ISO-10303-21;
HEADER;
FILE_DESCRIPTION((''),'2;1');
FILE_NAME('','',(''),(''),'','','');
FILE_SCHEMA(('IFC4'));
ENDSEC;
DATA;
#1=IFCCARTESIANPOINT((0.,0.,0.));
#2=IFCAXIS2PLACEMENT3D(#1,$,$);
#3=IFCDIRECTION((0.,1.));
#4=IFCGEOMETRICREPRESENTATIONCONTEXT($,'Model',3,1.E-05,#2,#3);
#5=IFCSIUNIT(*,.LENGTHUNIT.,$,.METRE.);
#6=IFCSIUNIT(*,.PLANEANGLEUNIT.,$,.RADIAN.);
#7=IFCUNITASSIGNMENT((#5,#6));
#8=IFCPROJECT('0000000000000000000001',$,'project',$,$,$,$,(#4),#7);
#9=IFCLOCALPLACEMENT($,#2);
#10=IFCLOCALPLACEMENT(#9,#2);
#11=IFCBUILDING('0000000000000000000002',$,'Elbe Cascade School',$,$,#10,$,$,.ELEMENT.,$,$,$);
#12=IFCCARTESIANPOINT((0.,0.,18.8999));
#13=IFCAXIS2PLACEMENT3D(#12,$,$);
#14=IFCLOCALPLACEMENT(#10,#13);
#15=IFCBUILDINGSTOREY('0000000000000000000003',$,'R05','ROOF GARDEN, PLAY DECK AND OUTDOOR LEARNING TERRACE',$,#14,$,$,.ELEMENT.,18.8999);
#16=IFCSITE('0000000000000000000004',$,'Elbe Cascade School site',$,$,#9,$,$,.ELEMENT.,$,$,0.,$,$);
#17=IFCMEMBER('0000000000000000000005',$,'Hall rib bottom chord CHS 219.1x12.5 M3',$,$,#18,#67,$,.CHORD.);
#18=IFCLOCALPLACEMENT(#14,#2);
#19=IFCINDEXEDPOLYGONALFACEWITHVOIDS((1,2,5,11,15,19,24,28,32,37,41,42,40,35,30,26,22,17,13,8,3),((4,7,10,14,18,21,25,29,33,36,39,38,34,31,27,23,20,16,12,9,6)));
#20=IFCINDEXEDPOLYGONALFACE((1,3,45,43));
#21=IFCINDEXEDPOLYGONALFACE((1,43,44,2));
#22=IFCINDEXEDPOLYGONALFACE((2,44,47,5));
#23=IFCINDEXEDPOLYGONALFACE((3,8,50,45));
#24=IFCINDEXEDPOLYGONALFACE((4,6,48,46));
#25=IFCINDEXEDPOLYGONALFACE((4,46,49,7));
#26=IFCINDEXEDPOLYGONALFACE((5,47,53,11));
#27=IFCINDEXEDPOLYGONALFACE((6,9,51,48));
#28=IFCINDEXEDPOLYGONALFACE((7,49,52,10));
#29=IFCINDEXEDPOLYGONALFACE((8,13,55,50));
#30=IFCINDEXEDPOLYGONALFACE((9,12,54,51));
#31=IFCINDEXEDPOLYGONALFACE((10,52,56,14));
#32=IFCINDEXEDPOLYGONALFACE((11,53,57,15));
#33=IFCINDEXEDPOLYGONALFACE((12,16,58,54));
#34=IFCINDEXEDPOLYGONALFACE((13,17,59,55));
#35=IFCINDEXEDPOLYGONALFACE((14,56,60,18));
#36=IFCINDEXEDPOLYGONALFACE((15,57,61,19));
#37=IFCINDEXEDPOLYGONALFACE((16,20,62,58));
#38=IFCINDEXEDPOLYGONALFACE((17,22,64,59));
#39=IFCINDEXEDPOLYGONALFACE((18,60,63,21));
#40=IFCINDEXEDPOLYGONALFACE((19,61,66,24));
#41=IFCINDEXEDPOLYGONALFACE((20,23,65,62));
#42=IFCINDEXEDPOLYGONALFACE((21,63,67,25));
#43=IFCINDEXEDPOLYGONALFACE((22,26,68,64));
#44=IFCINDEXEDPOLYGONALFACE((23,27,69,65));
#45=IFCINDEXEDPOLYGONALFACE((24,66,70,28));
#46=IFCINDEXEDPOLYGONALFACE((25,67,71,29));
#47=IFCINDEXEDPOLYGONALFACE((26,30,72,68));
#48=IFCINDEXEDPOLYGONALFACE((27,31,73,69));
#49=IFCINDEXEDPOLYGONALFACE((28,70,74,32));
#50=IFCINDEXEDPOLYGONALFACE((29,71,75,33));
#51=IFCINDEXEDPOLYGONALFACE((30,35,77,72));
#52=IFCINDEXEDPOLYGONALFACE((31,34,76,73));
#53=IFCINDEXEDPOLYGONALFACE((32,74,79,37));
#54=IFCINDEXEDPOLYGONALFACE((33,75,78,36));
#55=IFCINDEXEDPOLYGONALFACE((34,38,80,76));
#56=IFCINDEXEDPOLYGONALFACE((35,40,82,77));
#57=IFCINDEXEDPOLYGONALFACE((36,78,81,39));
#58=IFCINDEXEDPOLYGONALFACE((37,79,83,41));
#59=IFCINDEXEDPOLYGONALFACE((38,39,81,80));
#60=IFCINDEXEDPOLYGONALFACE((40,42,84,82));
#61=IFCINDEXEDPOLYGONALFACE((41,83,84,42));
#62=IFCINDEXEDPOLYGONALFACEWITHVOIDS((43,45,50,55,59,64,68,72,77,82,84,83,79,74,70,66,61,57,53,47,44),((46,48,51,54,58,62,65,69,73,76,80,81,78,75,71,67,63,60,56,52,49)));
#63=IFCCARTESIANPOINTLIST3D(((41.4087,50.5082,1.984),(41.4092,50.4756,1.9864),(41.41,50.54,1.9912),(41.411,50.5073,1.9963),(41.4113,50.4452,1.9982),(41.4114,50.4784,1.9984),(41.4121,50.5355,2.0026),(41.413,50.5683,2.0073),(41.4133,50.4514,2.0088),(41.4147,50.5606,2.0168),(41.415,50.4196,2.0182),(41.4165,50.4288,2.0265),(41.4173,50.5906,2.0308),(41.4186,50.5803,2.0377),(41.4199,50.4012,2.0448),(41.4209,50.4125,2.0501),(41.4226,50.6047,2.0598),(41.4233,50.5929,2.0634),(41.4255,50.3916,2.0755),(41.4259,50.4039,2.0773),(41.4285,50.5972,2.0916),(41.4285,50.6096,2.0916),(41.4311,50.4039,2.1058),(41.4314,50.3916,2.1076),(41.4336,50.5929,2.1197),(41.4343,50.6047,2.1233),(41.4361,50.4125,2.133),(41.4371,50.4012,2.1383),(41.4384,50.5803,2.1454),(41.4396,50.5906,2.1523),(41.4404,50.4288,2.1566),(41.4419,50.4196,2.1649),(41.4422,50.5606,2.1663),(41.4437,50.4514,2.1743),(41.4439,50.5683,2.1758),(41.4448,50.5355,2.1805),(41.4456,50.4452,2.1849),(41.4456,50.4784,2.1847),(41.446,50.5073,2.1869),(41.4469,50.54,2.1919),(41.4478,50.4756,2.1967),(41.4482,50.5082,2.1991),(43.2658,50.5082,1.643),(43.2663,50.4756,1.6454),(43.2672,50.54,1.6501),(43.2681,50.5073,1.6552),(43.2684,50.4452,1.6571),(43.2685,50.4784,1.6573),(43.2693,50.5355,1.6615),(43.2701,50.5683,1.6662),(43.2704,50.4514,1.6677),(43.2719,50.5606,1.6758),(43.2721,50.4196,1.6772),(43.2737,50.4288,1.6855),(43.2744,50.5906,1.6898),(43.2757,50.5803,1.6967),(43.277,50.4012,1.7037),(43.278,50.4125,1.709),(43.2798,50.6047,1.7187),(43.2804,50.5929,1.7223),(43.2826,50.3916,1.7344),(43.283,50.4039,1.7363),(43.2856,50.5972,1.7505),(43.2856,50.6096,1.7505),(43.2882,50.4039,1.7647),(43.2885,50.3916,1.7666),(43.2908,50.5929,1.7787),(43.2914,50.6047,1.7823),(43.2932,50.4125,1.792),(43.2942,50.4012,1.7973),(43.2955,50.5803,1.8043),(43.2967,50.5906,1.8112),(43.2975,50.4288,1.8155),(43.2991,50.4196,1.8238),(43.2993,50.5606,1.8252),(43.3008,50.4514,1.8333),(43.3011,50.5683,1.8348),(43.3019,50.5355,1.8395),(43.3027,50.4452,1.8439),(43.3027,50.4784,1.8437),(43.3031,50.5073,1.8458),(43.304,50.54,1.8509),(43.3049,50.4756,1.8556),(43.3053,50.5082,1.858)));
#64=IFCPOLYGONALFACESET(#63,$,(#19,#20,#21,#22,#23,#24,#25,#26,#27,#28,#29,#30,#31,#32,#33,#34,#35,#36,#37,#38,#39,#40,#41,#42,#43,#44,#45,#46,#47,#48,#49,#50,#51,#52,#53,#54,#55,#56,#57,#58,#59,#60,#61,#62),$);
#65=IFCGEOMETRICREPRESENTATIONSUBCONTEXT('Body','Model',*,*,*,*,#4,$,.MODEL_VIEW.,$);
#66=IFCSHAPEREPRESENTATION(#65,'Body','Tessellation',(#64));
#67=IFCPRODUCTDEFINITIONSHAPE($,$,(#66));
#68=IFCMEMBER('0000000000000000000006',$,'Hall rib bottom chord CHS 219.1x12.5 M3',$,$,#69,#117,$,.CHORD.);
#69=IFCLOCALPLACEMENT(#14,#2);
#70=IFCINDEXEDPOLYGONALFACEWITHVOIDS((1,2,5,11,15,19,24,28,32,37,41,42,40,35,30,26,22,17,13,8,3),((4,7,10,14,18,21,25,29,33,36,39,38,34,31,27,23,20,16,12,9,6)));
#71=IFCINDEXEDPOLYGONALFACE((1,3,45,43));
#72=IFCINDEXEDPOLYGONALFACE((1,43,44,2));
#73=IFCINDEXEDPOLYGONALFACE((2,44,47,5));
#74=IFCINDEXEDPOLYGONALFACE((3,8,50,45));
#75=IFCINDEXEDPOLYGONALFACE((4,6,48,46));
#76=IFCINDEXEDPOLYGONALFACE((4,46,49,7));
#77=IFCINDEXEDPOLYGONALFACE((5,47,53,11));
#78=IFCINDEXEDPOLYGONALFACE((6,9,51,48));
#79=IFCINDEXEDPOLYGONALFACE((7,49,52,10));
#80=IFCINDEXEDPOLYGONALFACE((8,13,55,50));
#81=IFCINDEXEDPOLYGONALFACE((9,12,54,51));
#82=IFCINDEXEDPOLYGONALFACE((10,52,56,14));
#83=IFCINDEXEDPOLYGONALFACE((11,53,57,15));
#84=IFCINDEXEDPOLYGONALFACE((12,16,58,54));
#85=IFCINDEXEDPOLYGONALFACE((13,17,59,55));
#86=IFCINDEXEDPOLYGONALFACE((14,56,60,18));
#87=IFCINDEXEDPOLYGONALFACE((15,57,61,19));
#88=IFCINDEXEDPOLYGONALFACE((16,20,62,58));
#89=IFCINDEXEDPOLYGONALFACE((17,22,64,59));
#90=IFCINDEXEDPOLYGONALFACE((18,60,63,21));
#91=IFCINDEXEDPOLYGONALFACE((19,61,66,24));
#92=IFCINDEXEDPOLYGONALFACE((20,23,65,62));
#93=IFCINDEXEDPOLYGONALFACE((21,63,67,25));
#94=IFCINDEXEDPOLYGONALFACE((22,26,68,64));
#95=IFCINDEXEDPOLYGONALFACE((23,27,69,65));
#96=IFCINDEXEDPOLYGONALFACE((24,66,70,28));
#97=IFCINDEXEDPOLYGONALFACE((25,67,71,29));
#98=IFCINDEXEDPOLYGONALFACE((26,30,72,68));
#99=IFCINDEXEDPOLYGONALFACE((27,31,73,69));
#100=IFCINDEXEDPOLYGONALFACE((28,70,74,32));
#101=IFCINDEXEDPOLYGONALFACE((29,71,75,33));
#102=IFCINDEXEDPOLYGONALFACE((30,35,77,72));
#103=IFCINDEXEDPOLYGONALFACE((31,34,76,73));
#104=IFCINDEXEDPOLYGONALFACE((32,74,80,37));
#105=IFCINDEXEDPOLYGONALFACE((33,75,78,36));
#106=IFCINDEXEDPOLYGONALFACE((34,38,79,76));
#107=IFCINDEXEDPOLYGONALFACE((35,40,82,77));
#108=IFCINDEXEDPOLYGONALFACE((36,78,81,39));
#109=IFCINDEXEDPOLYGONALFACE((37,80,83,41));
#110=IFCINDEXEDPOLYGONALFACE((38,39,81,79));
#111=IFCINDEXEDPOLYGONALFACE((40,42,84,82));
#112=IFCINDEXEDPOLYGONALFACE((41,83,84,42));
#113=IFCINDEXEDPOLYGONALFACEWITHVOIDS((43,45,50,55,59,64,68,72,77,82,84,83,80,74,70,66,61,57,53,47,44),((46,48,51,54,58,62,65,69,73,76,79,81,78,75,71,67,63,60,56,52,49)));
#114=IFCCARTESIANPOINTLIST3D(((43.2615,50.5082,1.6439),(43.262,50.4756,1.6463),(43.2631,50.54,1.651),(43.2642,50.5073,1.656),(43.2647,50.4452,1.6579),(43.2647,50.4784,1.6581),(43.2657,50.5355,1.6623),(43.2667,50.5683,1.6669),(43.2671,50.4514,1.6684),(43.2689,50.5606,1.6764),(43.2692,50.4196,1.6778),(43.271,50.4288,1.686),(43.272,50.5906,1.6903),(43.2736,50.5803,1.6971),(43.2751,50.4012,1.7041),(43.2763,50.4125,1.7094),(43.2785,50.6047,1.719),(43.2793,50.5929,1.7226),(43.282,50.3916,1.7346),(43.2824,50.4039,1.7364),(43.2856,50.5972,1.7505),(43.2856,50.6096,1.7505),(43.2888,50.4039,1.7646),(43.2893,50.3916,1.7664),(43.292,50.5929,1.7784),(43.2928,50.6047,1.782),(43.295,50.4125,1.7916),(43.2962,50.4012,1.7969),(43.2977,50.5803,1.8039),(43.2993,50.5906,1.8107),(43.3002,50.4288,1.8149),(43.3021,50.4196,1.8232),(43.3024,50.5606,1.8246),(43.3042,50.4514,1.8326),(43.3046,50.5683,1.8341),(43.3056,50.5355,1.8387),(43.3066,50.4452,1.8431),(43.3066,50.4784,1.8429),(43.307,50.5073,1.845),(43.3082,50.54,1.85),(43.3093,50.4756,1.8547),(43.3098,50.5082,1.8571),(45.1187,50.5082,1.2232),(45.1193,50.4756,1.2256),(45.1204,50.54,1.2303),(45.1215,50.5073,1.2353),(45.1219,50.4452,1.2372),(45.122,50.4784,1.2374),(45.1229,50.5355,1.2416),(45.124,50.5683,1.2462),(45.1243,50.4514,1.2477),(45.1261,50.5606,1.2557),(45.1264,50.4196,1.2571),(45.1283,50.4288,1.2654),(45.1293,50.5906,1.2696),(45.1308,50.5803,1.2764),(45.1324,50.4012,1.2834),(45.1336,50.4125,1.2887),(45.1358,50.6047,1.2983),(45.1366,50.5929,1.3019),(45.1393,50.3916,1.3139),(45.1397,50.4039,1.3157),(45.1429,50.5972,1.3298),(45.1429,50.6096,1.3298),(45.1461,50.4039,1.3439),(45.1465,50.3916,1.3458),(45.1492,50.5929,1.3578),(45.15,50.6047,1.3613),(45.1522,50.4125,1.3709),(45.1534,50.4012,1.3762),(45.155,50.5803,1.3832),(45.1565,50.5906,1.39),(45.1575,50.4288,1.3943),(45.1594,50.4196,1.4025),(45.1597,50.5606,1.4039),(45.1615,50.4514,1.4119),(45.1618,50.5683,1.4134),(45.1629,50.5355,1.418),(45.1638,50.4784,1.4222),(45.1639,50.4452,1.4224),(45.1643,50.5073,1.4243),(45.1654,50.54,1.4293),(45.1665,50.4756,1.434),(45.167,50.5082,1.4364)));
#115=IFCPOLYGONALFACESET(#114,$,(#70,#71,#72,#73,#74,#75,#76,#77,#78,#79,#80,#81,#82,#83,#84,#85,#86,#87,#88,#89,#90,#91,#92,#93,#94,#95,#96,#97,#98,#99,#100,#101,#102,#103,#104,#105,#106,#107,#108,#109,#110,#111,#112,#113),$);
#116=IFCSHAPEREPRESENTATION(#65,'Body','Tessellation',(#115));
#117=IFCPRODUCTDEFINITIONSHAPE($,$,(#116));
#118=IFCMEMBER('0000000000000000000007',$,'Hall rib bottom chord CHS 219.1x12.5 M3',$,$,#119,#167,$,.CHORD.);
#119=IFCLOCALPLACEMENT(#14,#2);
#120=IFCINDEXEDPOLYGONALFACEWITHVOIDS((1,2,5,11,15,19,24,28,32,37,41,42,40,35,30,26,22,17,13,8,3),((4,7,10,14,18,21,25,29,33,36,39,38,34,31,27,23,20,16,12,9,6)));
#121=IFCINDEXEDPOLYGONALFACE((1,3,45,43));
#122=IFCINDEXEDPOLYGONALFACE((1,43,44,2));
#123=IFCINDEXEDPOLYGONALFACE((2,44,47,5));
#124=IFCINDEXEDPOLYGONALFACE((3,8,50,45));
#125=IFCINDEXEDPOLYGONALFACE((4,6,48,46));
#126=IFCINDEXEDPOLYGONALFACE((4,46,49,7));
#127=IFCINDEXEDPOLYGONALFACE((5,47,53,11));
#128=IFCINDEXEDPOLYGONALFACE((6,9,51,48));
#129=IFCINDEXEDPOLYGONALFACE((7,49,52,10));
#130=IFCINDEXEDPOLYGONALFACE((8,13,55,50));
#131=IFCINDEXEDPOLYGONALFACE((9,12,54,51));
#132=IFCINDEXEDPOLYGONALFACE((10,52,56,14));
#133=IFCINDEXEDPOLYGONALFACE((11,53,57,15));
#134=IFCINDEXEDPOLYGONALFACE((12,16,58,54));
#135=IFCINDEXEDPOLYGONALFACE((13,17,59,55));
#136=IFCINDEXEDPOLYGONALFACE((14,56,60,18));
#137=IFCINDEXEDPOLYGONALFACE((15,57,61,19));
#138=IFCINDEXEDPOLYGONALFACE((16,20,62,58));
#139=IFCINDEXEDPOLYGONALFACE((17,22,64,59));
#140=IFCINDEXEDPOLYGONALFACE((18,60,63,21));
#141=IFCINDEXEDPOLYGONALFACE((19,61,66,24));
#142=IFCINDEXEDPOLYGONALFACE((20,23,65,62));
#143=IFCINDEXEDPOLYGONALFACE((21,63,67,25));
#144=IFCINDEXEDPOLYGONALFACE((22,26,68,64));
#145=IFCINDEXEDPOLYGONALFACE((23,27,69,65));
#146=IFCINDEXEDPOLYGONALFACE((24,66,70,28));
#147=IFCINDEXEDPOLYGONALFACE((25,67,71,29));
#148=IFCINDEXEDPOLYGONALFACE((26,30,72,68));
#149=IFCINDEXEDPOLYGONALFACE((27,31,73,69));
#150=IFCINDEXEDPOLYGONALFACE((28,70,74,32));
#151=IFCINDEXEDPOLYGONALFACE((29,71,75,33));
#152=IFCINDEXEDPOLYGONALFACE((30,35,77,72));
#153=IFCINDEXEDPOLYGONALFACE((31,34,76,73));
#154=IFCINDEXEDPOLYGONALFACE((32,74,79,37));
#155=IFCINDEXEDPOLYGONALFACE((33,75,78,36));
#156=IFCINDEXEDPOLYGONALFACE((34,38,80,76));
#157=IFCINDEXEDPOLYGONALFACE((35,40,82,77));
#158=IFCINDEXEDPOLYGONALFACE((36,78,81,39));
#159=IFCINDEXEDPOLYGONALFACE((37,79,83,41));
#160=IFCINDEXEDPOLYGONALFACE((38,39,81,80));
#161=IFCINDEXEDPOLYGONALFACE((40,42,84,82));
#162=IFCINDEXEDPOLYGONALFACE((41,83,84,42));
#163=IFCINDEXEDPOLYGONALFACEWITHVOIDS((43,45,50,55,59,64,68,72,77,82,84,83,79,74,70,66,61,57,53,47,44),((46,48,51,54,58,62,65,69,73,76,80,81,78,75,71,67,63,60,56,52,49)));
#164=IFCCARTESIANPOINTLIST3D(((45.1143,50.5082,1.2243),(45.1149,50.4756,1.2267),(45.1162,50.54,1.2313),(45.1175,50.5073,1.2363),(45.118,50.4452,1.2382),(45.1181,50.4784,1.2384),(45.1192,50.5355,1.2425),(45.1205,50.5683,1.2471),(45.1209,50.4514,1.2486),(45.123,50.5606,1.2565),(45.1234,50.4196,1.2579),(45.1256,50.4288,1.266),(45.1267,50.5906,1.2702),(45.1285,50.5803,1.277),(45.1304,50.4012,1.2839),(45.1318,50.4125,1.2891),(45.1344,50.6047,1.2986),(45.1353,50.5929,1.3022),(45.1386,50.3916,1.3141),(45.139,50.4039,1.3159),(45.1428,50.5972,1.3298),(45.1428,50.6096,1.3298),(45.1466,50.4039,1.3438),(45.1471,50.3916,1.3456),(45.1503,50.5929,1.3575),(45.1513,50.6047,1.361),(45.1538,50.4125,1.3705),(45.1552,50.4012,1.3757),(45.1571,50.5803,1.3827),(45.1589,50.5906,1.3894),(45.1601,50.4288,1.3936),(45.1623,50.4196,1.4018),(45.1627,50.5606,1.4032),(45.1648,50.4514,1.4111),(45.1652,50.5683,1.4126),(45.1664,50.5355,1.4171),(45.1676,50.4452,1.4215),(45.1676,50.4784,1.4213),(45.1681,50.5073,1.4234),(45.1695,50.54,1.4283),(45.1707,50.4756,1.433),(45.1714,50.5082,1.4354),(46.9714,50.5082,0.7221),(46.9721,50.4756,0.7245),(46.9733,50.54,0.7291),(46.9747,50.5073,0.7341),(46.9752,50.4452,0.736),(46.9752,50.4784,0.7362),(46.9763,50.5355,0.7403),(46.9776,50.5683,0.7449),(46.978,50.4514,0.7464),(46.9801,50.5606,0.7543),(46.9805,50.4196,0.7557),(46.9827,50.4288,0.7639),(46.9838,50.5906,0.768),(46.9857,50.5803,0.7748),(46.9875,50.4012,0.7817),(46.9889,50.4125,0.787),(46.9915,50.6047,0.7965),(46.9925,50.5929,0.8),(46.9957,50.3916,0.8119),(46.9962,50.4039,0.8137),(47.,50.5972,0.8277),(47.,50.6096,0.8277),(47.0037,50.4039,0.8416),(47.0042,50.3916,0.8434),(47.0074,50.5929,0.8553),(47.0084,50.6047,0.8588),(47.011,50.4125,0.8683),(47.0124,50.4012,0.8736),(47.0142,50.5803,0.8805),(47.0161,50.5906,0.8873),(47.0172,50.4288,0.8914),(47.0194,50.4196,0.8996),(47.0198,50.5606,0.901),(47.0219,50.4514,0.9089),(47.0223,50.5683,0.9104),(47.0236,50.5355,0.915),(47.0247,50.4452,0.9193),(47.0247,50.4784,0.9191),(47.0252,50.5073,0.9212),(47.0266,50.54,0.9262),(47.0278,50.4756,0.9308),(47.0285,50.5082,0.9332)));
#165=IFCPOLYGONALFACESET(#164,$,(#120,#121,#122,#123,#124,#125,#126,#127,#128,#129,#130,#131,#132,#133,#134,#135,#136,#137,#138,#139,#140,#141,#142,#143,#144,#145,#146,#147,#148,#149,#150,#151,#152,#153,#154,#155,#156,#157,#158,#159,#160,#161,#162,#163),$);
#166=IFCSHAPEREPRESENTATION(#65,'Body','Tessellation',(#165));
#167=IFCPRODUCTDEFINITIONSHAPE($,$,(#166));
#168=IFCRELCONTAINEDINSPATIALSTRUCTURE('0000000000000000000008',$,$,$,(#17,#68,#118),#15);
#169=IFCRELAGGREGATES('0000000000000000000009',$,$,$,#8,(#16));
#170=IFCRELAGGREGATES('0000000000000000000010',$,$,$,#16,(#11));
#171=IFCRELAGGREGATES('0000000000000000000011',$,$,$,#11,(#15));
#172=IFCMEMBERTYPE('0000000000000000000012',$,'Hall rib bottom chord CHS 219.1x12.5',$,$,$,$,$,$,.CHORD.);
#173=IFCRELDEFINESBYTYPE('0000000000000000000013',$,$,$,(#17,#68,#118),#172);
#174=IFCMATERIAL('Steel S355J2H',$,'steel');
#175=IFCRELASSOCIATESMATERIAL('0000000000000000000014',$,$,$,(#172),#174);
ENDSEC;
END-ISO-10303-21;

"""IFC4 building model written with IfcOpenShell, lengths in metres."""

from ifc_helpers import new_model, si_unit, direction, frame, origin, origin_2d, place, context, subcontext, project, spatial, hollow_circle, extrude, material, material_profile, profile_set, type_object, element, save


model = new_model("IFC4")

# Units and contexts
model_context = context("Model", 3, precision=1e-05, world=origin(), true_north=direction((0.0, 1.0)))
body_context = subcontext(model_context, "Body", "Model", "MODEL_VIEW")
ifc_project = project(units=[si_unit("LENGTHUNIT", "METRE"), si_unit("PLANEANGLEUNIT", "RADIAN")], contexts=[model_context])

# Site, building, storey
site_placement = place(None, origin())
site = spatial("IfcSite", under=ifc_project, at=site_placement, Name="Elbe Cascade School site", CompositionType="ELEMENT", RefElevation=0.0)
building_placement = place(site_placement, origin())
building = spatial("IfcBuilding", under=site, at=building_placement, Name="Elbe Cascade School", CompositionType="ELEMENT")
storey_placement = place(building_placement, frame((0.0, 0.0, 18.8999)))
storey = spatial("IfcBuildingStorey", under=building, at=storey_placement, Name="R05", Description="ROOF GARDEN, PLAY DECK AND OUTDOOR LEARNING TERRACE", CompositionType="ELEMENT", Elevation=18.8999)

# Members
ifc_material_1 = material(Name="Steel S355J2H", Category="steel")
ifc_material_profile_1 = material_profile(ifc_material_1, hollow_circle(Radius=0.1096, WallThickness=0.0125, at=origin_2d()), Name="CHS 219.1x12.5")
ifc_profile_set_1 = profile_set([ifc_material_profile_1], Name="Steel S355J2H")
member_type_1 = type_object("IfcMemberType", Name="Hall rib bottom chord CHS 219.1x12.5", PredefinedType="CHORD", material=ifc_profile_set_1)
member_1_placement = place(storey_placement, frame((41.4285, 50.5, 2.0916), z_axis=(0.983552, 0.0, -0.180626), x_axis=(0.0, 1.0, 0.0)))
element("IfcMember", 1, at=member_1_placement, inside=storey, type_object=member_type_1, Name="Hall rib bottom chord CHS 219.1x12.5 M3", PredefinedType="CHORD", context=body_context, shape_type="SweptSolid", body=[
    extrude(hollow_circle(Radius=0.1096, WallThickness=0.0125, at=origin_2d()), origin(), (0.0, 0.0, 1.0), 1.8882),
])
member_2_placement = place(storey_placement, frame((43.2856, 50.5, 1.7505), z_axis=(0.975295, 0.0, -0.220906), x_axis=(0.0, 1.0, 0.0)))
element("IfcMember", 2, at=member_2_placement, inside=storey, type_object=member_type_1, Name="Hall rib bottom chord CHS 219.1x12.5 M3", PredefinedType="CHORD", context=body_context, shape_type="SweptSolid", body=[
    extrude(hollow_circle(Radius=0.1096, WallThickness=0.0125, at=origin_2d()), origin(), (0.0, 0.0, 1.0), 1.9043),
])
member_3_placement = place(storey_placement, frame((45.1428, 50.5, 1.3298), z_axis=(0.96533, 0.0, -0.261034), x_axis=(0.0, 1.0, 0.0)))
element("IfcMember", 3, at=member_3_placement, inside=storey, type_object=member_type_1, Name="Hall rib bottom chord CHS 219.1x12.5 M3", PredefinedType="CHORD", context=body_context, shape_type="SweptSolid", body=[
    extrude(hollow_circle(Radius=0.1096, WallThickness=0.0125, at=origin_2d()), origin(), (0.0, 0.0, 1.0), 1.9238),
])

save(model, "model.ifc")
